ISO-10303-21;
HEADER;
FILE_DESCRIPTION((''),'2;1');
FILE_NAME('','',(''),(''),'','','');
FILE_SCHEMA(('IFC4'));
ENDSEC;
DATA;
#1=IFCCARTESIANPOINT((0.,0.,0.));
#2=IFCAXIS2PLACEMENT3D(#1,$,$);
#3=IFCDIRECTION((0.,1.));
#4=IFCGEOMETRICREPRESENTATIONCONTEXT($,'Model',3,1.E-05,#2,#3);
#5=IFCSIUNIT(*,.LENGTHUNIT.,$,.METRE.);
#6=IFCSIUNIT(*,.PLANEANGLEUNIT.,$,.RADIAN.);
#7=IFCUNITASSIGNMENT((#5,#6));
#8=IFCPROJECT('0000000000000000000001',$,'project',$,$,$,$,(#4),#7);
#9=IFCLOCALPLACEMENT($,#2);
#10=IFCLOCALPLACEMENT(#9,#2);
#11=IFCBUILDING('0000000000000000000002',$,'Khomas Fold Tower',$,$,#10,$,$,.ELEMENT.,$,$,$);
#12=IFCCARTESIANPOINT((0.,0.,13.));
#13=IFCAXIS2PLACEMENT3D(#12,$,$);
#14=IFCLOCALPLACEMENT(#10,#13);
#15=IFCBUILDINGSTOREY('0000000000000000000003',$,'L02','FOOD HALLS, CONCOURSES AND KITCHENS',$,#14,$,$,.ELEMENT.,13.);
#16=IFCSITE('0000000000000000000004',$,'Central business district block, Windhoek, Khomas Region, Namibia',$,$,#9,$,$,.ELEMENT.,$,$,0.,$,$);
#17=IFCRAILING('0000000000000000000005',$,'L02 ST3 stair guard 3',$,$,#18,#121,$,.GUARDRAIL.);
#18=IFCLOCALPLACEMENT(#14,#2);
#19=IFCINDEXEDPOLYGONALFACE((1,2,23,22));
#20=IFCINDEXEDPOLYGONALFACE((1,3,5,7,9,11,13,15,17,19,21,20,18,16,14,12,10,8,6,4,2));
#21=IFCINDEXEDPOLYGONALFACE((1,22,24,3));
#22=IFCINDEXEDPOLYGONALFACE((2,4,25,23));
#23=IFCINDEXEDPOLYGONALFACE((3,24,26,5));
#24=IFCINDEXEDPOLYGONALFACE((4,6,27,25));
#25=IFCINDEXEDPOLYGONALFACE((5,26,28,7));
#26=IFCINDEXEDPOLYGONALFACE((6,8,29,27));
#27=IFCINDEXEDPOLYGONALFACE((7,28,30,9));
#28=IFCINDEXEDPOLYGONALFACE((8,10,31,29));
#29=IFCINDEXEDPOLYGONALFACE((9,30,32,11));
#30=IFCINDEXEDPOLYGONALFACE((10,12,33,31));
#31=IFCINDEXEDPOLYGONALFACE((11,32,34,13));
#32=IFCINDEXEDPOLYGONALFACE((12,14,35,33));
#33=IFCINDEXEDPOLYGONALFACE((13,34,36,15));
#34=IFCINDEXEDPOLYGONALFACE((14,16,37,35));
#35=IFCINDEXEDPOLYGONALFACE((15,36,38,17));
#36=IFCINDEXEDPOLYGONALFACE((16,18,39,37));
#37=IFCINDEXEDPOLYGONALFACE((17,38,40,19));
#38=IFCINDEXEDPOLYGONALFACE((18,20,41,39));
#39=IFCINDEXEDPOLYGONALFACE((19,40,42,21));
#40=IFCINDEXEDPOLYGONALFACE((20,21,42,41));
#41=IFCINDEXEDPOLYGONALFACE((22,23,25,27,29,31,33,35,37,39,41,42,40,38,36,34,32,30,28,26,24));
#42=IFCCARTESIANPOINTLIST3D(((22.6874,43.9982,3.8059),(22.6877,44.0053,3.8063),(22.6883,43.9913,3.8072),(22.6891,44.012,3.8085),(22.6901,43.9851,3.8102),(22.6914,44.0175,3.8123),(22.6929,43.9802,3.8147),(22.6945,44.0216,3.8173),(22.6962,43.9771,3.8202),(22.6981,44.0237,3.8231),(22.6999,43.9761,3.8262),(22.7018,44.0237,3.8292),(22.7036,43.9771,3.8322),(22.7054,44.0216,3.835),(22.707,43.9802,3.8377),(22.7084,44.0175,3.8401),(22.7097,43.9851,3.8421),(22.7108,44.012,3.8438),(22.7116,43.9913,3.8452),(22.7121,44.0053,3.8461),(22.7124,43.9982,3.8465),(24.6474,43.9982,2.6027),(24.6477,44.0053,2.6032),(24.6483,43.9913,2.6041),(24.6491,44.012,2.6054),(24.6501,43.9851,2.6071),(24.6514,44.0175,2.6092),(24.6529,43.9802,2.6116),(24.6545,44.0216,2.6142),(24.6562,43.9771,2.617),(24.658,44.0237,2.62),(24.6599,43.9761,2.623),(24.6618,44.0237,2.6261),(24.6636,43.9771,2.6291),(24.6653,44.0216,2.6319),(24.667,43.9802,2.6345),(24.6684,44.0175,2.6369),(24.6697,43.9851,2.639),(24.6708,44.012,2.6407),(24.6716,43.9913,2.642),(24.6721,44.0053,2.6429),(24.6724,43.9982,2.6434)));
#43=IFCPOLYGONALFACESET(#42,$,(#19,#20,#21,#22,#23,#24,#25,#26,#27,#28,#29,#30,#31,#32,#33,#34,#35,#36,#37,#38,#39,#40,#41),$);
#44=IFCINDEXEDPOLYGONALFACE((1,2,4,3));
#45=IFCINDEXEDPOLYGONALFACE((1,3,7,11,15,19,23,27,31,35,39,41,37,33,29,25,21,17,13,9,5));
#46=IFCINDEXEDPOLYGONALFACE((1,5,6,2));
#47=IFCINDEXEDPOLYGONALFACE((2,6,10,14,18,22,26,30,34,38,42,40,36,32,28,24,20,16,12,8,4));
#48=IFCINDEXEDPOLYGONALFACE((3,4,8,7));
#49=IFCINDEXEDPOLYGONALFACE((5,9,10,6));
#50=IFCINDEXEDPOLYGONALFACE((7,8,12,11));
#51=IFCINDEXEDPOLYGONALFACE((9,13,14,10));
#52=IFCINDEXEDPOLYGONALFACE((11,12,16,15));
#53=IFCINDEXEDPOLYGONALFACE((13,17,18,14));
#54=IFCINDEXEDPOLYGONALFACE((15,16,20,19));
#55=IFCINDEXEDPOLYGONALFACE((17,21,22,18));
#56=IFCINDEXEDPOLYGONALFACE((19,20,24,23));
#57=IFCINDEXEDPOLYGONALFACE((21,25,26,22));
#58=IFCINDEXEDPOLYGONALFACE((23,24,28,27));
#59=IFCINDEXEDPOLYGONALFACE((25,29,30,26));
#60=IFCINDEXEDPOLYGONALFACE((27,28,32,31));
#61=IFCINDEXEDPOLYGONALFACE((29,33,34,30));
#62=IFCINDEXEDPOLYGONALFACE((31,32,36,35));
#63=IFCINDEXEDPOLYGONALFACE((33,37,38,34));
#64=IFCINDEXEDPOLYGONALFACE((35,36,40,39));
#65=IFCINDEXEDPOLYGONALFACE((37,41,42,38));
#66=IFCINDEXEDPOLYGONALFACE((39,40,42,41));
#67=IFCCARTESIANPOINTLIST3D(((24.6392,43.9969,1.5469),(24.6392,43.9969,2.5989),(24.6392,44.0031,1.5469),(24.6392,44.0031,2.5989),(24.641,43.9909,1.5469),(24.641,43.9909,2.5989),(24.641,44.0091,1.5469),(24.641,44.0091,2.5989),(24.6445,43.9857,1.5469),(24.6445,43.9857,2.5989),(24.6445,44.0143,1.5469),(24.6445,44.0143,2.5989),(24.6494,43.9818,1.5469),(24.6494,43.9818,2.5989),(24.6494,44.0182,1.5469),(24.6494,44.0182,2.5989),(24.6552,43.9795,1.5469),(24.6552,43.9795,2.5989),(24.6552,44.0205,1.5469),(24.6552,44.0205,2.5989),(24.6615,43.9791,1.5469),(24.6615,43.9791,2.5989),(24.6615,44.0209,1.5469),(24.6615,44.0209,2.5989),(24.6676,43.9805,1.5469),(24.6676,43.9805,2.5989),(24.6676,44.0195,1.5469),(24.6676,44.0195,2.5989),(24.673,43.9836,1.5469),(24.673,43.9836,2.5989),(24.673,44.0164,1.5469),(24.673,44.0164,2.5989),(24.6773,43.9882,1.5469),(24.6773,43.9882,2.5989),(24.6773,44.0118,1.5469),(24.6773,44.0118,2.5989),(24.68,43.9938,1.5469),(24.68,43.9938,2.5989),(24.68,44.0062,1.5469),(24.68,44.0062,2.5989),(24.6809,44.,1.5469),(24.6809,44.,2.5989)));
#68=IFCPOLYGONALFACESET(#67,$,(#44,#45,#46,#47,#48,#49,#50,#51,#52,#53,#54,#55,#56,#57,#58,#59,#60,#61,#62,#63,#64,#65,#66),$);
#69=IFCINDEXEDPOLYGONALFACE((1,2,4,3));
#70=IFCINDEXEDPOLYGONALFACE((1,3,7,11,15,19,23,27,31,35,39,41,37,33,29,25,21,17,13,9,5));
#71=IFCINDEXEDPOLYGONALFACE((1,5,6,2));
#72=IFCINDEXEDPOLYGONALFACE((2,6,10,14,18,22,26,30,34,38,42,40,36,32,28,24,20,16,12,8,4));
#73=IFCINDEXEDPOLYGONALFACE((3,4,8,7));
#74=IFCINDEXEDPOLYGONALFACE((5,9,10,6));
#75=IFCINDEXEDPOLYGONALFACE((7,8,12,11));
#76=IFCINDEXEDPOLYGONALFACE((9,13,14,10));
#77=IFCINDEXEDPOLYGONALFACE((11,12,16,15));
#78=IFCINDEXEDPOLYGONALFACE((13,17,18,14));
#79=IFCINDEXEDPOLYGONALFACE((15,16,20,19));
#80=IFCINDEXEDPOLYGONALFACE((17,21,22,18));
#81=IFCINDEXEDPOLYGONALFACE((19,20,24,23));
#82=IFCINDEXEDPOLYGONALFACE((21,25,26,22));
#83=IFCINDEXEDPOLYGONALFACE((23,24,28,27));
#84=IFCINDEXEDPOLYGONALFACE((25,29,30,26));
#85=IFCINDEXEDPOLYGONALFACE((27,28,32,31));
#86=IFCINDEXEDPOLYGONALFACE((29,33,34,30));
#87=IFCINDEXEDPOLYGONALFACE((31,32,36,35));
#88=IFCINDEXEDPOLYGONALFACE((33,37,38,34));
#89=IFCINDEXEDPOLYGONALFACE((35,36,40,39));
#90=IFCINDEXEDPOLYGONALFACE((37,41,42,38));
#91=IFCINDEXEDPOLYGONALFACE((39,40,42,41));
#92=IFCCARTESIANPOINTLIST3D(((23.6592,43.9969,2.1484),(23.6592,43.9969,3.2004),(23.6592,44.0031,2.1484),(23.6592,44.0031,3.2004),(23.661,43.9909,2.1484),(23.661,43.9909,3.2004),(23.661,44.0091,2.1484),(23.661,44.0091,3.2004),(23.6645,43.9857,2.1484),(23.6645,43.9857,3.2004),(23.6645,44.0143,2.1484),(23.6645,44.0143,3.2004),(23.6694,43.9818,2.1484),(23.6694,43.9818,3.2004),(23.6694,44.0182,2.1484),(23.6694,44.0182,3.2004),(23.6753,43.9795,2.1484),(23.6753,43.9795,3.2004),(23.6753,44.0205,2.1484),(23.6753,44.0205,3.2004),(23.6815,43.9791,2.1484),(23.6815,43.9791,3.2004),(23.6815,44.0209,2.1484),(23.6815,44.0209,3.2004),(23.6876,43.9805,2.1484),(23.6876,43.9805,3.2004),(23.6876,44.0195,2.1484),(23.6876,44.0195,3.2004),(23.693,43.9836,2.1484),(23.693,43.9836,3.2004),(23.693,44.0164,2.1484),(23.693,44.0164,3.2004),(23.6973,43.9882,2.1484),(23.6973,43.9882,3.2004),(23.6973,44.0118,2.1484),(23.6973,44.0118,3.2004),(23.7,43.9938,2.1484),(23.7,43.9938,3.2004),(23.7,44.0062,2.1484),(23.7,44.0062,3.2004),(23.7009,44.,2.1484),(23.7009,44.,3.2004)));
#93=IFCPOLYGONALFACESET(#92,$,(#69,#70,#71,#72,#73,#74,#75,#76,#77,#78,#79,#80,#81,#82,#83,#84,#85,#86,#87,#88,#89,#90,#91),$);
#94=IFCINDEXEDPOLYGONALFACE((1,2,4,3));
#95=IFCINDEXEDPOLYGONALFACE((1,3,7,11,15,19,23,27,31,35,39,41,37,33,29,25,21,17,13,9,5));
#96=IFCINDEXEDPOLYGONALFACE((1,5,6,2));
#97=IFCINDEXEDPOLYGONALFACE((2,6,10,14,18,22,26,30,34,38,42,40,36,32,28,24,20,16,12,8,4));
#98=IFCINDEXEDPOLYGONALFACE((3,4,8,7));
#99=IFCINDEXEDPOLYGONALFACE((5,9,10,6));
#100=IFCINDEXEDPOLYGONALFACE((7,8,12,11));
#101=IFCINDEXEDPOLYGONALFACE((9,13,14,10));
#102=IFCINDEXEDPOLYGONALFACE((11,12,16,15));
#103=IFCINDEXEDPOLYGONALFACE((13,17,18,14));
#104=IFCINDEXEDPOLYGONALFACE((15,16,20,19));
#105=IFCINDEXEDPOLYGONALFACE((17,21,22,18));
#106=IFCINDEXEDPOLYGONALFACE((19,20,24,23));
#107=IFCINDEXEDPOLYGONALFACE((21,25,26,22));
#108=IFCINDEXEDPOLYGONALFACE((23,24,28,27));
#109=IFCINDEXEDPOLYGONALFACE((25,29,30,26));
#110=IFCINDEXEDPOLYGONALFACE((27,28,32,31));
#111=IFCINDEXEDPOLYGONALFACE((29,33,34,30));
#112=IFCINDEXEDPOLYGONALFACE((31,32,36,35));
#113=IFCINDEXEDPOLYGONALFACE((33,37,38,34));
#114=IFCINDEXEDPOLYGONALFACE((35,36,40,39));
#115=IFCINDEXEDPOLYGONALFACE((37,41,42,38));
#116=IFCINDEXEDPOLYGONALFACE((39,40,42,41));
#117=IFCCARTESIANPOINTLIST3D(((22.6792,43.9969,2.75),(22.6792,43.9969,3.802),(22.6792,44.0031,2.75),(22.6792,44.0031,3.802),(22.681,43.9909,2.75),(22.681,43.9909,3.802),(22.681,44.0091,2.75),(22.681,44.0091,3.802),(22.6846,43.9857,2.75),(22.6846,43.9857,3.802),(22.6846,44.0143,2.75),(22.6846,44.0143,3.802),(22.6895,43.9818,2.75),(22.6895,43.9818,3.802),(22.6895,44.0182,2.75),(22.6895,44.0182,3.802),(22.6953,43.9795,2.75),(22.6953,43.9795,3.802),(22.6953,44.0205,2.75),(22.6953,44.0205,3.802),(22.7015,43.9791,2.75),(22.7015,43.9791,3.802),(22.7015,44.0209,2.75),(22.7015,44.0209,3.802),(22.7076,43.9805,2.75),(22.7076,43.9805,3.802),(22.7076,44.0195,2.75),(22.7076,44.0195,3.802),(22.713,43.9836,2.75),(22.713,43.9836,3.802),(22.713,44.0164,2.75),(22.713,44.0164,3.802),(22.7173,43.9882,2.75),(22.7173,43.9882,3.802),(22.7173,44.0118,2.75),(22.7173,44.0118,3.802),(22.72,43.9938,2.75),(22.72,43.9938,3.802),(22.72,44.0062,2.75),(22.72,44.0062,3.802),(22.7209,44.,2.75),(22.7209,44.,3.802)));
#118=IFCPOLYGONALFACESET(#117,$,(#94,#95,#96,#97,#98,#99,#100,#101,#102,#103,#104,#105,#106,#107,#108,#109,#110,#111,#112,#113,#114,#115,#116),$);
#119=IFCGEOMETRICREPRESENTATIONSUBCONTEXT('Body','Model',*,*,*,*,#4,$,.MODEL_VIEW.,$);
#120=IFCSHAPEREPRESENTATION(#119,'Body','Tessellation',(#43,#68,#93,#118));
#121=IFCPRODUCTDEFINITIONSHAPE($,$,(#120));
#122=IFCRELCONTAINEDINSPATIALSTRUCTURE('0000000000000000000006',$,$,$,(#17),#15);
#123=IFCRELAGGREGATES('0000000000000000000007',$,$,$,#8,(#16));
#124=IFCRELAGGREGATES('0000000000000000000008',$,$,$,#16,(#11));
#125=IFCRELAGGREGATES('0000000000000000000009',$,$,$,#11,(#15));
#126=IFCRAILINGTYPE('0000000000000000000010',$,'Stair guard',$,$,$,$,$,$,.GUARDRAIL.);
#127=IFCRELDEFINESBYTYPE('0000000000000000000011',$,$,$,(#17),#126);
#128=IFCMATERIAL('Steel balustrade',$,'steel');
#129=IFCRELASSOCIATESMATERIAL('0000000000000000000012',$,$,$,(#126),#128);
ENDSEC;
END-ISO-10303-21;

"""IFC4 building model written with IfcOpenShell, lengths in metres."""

from ifc_helpers import new_model, si_unit, direction, frame, origin, origin_2d, place, context, subcontext, project, spatial, circle, extrude, source, transform, mapped, material, type_object, element, save


model = new_model("IFC4")

# Units and contexts
model_context = context("Model", 3, precision=1e-05, world=origin(), true_north=direction((0.0, 1.0)))
body_context = subcontext(model_context, "Body", "Model", "MODEL_VIEW")
ifc_project = project(units=[si_unit("LENGTHUNIT", "METRE"), si_unit("PLANEANGLEUNIT", "RADIAN")], contexts=[model_context])

# Site, building, storey
site_placement = place(None, origin())
site = spatial("IfcSite", under=ifc_project, at=site_placement, Name="Central business district block, Windhoek, Khomas Region, Namibia", CompositionType="ELEMENT", RefElevation=0.0)
building_placement = place(site_placement, origin())
building = spatial("IfcBuilding", under=site, at=building_placement, Name="Khomas Fold Tower", CompositionType="ELEMENT")
storey_placement = place(building_placement, frame((0.0, 0.0, 13.0)))
storey = spatial("IfcBuildingStorey", under=building, at=storey_placement, Name="L02", Description="FOOD HALLS, CONCOURSES AND KITCHENS", CompositionType="ELEMENT", Elevation=13.0)

# Railing
ifc_material_1 = material(Name="Steel balustrade", Category="steel")
railing_type_1 = type_object("IfcRailingType", Name="Stair guard", PredefinedType="GUARDRAIL", material=ifc_material_1)
shared_shape_1 = source(origin(), body_context, "Body", "SweptSolid", [
    extrude(circle(Radius=0.0239, at=origin_2d()), frame((0.0, 0.0, 1.0762), z_axis=(-0.852241, 0.0, 0.523149), x_axis=(0.0, -1.0, 0.0)), (0.0, 0.0, 1.0), 2.2998),
    extrude(circle(Radius=0.021, at=origin_2d()), origin(), (0.0, 0.0, 1.0), 1.052),
    extrude(circle(Radius=0.021, at=origin_2d()), frame((-0.98, 0.0, 0.6016)), (0.0, 0.0, 1.0), 1.052),
    extrude(circle(Radius=0.021, at=origin_2d()), frame((-1.96, 0.0, 1.2031)), (0.0, 0.0, 1.0), 1.052),
])
for number, where, name in (
    (1, (24.6599, 44.0, 1.5469), "L02 ST3 stair guard 3"),
):
    element("IfcRailing", number, at=place(storey_placement, frame(where)), inside=storey, type_object=railing_type_1, Name=name, PredefinedType="GUARDRAIL", context=body_context, shape_type="MappedRepresentation", body=[
        mapped(shared_shape_1, transform((0.0, 0.0, 0.0))),
    ])

save(model, "model.ifc")
